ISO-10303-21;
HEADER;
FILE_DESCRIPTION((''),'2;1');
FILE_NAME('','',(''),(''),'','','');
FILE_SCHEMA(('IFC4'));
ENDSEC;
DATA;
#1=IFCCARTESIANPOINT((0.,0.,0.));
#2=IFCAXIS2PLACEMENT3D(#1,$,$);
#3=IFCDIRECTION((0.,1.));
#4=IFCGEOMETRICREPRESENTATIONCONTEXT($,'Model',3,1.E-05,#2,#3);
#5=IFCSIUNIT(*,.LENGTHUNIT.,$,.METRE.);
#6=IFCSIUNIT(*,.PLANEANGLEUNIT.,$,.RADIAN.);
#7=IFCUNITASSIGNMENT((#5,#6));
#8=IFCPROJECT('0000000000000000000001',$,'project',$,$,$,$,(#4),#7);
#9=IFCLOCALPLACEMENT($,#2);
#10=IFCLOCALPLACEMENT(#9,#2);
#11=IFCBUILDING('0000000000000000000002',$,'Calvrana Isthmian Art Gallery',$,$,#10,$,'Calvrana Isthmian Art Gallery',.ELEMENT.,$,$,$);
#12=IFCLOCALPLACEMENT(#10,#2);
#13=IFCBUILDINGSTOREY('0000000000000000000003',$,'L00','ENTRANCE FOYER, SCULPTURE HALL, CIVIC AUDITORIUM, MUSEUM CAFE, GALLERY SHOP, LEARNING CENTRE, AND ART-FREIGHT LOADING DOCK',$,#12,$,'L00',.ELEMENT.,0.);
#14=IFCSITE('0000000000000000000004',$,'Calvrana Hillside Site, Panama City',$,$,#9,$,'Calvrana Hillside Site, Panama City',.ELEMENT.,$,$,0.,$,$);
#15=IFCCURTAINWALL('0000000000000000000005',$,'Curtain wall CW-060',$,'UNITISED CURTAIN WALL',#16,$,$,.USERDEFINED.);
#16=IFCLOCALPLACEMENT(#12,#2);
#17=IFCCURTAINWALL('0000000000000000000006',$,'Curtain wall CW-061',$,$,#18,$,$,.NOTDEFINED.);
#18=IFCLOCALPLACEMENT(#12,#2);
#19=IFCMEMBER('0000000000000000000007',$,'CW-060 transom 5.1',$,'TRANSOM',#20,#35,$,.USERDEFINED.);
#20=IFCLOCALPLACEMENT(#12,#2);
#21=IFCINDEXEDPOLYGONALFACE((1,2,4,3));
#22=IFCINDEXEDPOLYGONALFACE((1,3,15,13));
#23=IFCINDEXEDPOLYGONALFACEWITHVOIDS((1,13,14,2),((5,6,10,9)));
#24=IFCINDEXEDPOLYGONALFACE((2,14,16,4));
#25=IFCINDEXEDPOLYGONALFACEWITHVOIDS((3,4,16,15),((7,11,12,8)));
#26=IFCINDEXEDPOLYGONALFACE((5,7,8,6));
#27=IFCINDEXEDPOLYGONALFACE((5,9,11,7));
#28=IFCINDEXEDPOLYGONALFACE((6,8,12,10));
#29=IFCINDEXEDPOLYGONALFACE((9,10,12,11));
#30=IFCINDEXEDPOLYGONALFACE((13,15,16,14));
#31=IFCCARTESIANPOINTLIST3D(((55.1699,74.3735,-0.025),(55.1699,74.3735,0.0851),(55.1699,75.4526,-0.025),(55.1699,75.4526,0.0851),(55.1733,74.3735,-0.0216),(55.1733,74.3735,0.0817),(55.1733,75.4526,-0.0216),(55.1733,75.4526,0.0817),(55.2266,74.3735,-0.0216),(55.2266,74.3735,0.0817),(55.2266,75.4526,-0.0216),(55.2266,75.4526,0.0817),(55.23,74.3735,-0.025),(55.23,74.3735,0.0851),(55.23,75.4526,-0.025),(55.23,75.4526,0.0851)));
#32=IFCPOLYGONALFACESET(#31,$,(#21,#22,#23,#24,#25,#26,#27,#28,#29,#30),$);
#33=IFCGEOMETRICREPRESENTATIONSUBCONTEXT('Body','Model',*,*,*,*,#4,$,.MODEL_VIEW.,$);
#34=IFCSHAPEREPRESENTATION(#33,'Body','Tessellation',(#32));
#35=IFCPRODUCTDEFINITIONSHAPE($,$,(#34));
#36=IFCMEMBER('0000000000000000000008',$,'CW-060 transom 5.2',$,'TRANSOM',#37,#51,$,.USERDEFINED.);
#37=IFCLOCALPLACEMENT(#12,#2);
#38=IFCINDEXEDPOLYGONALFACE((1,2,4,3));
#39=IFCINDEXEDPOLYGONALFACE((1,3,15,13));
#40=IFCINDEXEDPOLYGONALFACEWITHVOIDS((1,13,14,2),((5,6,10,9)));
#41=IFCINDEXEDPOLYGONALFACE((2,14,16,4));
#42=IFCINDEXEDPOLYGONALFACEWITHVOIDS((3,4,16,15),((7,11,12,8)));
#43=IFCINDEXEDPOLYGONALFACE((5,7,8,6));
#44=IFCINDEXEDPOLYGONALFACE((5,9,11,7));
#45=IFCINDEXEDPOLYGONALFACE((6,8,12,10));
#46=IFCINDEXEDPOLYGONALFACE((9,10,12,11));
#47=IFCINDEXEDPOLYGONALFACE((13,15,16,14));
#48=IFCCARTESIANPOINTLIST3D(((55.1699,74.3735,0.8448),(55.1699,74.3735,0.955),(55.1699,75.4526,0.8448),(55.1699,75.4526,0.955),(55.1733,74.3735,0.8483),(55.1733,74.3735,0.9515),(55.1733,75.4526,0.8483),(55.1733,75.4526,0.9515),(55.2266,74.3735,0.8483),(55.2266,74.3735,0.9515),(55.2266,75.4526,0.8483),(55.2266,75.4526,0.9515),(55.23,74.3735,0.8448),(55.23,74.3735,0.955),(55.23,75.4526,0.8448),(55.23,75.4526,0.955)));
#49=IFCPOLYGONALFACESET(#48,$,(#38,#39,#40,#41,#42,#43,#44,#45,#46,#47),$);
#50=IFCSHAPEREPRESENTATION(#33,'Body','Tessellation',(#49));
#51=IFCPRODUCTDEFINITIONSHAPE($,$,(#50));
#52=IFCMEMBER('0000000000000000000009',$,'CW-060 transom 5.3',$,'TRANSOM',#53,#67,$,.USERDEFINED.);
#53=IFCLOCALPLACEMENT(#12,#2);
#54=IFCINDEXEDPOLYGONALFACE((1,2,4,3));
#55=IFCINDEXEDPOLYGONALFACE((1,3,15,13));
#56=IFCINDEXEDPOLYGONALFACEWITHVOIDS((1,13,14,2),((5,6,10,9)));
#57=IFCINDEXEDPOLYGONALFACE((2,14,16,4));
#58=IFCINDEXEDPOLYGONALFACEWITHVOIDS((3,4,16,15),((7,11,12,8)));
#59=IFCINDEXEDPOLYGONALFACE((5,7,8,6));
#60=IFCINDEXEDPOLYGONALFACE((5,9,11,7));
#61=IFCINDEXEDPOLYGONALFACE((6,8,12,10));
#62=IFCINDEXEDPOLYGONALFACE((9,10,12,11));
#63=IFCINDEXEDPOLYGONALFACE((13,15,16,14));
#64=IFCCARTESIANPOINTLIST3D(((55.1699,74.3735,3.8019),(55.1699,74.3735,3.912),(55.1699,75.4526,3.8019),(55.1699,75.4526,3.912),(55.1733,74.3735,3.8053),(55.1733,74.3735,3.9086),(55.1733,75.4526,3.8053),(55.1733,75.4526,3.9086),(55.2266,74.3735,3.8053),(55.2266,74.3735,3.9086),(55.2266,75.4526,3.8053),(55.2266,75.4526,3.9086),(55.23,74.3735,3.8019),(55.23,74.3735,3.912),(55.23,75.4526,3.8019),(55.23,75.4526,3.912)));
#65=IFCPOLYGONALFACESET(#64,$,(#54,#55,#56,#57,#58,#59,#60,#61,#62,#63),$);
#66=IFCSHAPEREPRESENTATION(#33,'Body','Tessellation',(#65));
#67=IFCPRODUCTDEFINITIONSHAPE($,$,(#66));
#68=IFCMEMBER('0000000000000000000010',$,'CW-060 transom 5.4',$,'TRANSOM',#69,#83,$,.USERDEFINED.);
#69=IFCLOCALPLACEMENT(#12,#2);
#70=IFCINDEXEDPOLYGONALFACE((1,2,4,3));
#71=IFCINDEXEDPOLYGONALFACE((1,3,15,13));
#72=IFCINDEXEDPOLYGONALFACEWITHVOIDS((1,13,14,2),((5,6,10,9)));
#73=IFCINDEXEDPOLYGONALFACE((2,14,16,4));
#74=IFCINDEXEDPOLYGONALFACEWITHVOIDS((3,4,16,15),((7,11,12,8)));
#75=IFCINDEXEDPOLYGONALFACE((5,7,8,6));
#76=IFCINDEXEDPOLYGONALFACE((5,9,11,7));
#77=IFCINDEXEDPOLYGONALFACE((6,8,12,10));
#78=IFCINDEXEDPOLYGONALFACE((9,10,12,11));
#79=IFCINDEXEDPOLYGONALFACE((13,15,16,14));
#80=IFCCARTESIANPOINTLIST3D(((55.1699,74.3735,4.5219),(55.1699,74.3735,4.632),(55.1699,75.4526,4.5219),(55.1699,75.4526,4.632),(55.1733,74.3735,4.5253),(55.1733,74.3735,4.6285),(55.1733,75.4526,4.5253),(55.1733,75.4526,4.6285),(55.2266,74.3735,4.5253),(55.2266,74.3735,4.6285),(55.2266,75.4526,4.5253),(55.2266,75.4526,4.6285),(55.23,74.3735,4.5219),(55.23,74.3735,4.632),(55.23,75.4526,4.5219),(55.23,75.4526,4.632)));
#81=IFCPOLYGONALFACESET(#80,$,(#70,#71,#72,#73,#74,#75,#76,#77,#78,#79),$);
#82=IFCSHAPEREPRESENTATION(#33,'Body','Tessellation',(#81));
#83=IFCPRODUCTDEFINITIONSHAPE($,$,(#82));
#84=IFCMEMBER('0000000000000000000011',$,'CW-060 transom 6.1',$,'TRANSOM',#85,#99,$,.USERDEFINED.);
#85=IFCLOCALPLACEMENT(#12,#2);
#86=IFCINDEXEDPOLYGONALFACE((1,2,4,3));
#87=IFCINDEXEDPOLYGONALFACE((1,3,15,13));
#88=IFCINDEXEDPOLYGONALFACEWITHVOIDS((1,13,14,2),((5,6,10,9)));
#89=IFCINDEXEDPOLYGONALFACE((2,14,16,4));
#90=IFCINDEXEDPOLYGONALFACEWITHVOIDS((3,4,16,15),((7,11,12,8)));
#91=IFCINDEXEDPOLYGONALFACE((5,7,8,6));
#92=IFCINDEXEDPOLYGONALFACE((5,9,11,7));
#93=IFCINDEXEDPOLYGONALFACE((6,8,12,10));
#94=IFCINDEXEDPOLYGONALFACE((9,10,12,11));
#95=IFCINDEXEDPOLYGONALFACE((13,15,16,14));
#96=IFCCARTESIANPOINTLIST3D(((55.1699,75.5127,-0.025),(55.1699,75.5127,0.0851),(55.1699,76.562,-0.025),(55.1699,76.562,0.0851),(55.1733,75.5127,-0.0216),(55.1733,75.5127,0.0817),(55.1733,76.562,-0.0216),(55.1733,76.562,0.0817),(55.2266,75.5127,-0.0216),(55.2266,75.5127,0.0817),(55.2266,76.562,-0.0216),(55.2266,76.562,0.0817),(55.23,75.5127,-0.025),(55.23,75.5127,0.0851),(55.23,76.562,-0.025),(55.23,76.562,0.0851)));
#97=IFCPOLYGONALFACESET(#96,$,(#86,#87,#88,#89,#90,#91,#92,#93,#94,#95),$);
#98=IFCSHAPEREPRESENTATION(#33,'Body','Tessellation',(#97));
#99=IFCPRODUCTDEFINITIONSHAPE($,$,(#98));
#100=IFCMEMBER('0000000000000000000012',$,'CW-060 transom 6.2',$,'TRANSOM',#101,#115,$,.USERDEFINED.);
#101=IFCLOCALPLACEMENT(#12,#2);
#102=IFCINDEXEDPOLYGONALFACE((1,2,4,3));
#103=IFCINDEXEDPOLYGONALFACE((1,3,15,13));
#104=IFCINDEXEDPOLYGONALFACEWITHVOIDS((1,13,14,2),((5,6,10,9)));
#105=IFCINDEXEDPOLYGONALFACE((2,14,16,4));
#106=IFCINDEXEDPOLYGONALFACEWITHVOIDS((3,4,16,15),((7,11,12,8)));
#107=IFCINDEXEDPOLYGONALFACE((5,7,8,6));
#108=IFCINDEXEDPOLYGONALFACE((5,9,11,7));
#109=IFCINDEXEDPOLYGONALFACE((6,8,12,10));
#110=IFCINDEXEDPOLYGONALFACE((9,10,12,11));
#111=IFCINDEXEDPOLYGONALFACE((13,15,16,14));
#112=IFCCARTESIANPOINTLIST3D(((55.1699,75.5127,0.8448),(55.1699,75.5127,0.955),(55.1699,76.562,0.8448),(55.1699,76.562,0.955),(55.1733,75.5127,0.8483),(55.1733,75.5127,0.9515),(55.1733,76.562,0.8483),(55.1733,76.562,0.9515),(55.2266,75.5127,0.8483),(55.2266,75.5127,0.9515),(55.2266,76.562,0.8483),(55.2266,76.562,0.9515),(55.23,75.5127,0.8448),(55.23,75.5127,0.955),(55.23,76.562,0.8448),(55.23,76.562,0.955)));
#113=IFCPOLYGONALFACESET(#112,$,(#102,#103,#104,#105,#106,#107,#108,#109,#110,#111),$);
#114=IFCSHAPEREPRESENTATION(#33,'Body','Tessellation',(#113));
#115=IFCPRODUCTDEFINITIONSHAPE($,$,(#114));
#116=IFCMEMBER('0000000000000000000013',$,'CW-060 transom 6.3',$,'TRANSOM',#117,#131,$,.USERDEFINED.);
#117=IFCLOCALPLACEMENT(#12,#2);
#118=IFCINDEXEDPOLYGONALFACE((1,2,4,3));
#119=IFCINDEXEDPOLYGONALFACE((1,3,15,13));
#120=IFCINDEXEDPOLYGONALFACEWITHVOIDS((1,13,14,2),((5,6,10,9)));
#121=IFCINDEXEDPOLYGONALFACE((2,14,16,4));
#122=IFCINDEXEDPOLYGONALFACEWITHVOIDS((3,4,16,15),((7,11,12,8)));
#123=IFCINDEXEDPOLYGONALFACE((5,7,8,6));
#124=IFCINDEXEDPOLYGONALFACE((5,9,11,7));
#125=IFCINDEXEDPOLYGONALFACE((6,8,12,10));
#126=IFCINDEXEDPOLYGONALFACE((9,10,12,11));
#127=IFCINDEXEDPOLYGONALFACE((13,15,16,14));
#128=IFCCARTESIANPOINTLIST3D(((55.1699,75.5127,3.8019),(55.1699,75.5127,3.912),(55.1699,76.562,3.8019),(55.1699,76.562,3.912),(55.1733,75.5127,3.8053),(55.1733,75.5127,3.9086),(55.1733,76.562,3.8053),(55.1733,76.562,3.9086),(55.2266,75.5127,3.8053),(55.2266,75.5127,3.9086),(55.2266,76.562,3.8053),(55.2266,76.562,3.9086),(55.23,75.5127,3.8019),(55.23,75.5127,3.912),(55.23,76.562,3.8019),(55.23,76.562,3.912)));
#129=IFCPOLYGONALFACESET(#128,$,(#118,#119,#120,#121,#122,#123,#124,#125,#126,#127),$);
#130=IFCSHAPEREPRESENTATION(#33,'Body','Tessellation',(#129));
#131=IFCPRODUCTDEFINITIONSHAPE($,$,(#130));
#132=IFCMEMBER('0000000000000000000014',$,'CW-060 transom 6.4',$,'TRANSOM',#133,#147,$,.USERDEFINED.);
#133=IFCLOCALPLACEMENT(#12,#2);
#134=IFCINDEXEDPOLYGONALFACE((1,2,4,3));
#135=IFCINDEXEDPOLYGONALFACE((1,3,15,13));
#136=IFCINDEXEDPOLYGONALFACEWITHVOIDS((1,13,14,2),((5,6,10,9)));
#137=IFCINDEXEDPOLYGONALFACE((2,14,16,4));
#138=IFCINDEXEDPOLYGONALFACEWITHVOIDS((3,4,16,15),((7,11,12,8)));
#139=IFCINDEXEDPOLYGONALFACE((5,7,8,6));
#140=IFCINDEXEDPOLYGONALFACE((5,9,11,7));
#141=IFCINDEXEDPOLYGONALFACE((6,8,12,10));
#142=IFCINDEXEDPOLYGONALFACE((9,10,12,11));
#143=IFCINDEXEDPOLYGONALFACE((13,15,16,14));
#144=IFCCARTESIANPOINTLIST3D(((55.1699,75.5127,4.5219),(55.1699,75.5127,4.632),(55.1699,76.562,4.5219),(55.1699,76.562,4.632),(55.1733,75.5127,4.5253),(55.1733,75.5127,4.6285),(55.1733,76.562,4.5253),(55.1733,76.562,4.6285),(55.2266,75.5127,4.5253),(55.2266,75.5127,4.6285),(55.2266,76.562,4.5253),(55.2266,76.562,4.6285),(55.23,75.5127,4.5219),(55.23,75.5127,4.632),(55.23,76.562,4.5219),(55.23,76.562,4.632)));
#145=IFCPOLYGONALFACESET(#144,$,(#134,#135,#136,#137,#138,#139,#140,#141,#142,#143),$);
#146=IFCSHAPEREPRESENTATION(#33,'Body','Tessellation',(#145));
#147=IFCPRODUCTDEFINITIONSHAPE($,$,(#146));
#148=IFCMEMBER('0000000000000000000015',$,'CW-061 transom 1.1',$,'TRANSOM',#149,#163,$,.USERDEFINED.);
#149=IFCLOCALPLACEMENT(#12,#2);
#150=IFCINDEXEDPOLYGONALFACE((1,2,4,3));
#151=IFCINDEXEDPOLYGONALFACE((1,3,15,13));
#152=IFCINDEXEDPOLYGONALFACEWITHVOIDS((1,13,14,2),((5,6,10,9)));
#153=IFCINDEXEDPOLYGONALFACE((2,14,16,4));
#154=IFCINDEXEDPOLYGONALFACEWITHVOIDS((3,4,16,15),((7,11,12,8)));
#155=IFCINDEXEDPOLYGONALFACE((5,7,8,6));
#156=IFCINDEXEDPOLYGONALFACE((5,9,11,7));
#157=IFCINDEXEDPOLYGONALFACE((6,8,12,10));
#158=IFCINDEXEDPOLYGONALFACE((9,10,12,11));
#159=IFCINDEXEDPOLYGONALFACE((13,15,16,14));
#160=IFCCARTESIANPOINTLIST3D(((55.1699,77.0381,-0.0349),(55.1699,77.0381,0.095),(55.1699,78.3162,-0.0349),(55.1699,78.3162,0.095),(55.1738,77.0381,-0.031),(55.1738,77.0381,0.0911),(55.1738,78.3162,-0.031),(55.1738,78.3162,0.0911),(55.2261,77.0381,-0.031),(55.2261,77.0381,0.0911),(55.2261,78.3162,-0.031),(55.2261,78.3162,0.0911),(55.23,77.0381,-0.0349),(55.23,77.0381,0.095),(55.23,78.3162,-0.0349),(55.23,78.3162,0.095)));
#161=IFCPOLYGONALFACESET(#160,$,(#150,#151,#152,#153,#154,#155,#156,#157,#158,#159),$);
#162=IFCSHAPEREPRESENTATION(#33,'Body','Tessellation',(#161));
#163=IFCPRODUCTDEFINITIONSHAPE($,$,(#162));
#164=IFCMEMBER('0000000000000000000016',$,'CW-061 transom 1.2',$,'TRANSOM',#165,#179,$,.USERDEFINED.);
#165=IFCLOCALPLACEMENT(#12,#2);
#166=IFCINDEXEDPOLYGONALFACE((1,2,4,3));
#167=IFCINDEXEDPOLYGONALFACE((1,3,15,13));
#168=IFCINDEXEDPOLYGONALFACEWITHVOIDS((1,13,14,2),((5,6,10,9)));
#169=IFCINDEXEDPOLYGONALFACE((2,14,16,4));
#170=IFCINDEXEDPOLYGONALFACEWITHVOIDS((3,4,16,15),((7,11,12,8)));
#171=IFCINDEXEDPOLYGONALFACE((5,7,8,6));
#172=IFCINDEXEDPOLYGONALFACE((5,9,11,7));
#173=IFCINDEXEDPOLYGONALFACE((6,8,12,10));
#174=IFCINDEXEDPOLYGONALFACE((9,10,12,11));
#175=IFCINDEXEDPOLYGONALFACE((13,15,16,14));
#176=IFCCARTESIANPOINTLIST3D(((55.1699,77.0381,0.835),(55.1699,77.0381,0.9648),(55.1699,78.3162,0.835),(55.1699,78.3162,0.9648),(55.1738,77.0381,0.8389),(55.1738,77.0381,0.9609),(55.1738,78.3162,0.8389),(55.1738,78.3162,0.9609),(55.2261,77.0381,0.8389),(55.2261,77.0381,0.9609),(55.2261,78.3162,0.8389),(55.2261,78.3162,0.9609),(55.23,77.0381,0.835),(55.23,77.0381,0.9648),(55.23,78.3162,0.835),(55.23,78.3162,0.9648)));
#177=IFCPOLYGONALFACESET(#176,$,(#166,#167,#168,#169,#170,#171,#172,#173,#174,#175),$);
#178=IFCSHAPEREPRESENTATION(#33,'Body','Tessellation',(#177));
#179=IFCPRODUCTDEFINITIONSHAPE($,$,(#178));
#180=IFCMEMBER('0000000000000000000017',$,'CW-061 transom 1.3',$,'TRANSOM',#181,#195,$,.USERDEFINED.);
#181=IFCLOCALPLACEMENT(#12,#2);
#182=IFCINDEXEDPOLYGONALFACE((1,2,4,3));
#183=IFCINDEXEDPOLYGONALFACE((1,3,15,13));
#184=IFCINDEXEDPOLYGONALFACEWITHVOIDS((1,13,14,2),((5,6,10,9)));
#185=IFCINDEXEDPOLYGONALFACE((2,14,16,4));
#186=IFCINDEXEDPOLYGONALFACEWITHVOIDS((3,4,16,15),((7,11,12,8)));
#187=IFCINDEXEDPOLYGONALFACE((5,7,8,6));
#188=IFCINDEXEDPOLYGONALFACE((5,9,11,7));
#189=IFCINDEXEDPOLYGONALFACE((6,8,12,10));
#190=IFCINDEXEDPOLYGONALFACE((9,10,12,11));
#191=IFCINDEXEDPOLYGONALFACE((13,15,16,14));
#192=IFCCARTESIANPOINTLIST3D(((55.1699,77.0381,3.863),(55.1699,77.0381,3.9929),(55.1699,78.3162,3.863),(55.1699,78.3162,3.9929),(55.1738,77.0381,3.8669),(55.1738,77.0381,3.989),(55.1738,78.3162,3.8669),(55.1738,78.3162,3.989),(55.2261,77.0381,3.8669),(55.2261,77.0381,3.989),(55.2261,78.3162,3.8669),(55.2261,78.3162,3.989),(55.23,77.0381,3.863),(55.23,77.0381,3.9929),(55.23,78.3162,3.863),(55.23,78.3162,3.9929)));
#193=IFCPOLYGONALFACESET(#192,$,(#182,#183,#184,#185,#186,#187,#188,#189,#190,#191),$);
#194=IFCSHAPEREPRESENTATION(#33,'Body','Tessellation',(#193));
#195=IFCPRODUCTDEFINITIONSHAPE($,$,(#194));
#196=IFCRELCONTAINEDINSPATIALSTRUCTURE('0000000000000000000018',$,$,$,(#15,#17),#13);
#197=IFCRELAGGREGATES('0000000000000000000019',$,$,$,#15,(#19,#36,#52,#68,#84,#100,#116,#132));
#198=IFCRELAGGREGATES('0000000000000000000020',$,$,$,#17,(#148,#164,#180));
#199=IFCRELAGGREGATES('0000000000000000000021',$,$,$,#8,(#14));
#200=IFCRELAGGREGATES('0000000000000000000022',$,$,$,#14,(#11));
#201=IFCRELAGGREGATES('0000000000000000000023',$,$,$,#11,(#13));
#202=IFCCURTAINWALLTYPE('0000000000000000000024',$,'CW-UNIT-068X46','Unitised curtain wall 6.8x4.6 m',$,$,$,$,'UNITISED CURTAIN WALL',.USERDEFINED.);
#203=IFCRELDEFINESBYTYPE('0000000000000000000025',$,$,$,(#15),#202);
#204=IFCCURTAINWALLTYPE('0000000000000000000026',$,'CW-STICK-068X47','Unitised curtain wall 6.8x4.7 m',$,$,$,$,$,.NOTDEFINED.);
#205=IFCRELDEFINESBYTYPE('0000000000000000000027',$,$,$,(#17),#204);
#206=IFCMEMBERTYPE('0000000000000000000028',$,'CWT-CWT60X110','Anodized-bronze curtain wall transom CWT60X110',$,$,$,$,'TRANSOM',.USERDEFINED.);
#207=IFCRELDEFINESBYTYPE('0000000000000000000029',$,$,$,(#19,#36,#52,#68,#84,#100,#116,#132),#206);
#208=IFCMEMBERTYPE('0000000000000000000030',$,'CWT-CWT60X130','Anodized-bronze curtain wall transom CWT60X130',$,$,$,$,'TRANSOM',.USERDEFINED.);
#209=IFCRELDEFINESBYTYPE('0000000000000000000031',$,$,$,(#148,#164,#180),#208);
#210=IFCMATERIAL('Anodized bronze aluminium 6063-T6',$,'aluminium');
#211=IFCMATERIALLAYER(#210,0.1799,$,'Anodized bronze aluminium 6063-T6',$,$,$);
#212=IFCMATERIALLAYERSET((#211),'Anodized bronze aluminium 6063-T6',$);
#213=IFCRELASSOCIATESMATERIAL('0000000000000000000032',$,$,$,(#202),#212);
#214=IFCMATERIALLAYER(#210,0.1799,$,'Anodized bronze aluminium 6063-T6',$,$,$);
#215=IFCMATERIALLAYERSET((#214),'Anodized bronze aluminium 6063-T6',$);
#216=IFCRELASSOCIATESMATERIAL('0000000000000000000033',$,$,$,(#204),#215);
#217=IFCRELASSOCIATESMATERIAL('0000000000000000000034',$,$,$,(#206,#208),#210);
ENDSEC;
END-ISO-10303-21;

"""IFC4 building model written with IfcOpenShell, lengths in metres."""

from ifc_helpers import new_model, si_unit, direction, frame, origin, origin_2d, place, context, subcontext, project, spatial, hollow_rectangle, extrude, material, layer, layer_set, material_profile, profile_set, type_object, element, aggregate, save


model = new_model("IFC4")

# Units and contexts
model_context = context("Model", 3, precision=1e-05, world=origin(), true_north=direction((0.0, 1.0)))
body_context = subcontext(model_context, "Body", "Model", "MODEL_VIEW")
ifc_project = project(units=[si_unit("LENGTHUNIT", "METRE"), si_unit("PLANEANGLEUNIT", "RADIAN")], contexts=[model_context])

# Site, building, storey
site_placement = place(None, origin())
site = spatial("IfcSite", under=ifc_project, at=site_placement, Name="Calvrana Hillside Site, Panama City", LongName="Calvrana Hillside Site, Panama City", CompositionType="ELEMENT", RefElevation=0.0)
building_placement = place(site_placement, origin())
building = spatial("IfcBuilding", under=site, at=building_placement, Name="Calvrana Isthmian Art Gallery", LongName="Calvrana Isthmian Art Gallery", CompositionType="ELEMENT")
storey_placement = place(building_placement, origin())
storey = spatial("IfcBuildingStorey", under=building, at=storey_placement, Name="L00", Description="ENTRANCE FOYER, SCULPTURE HALL, CIVIC AUDITORIUM, MUSEUM CAFE, GALLERY SHOP, LEARNING CENTRE, AND ART-FREIGHT LOADING DOCK", LongName="L00", CompositionType="ELEMENT", Elevation=0.0)

# Curtain walls
ifc_material_1 = material(Name="Anodized bronze aluminium 6063-T6", Category="aluminium")
ifc_layer_1 = layer(ifc_material_1, 0.1799, Name="Anodized bronze aluminium 6063-T6")
ifc_layer_set_1 = layer_set([ifc_layer_1], Name="Anodized bronze aluminium 6063-T6")
curtain_wall_type_1 = type_object("IfcCurtainWallType", Name="CW-UNIT-068X46", Description="Unitised curtain wall 6.8x4.6 m", ElementType="UNITISED CURTAIN WALL", PredefinedType="USERDEFINED", material=ifc_layer_set_1)
curtain_wall_1_placement = place(storey_placement, origin())
curtain_wall_1 = element("IfcCurtainWall", 1, at=curtain_wall_1_placement, inside=storey, type_object=curtain_wall_type_1, Name="Curtain wall CW-060", ObjectType="UNITISED CURTAIN WALL", PredefinedType="USERDEFINED")
ifc_layer_2 = layer(ifc_material_1, 0.1799, Name="Anodized bronze aluminium 6063-T6")
ifc_layer_set_2 = layer_set([ifc_layer_2], Name="Anodized bronze aluminium 6063-T6")
curtain_wall_type_2 = type_object("IfcCurtainWallType", Name="CW-STICK-068X47", Description="Unitised curtain wall 6.8x4.7 m", PredefinedType="NOTDEFINED", material=ifc_layer_set_2)
curtain_wall_2_placement = place(storey_placement, origin())
curtain_wall_2 = element("IfcCurtainWall", 2, at=curtain_wall_2_placement, inside=storey, type_object=curtain_wall_type_2, Name="Curtain wall CW-061", PredefinedType="NOTDEFINED")

# Members
ifc_material_profile_1 = material_profile(ifc_material_1, hollow_rectangle(XDim=0.0601, YDim=0.1101, WallThickness=0.0034, at=origin_2d()), Name="CWT60X110")
ifc_profile_set_1 = profile_set([ifc_material_profile_1], Name="Anodized bronze aluminium 6063-T6")
member_type_1 = type_object("IfcMemberType", Name="CWT-CWT60X110", Description="Anodized-bronze curtain wall transom CWT60X110", ElementType="TRANSOM", PredefinedType="USERDEFINED", material=ifc_profile_set_1)
member_1_placement = place(storey_placement, frame((55.2, 74.3735, 0.03), z_axis=(0.0, 1.0, 0.0), x_axis=(-1.0, 0.0, 0.0)))
member_1 = element("IfcMember", 3, at=member_1_placement, type_object=member_type_1, Name="CW-060 transom 5.1", ObjectType="TRANSOM", PredefinedType="USERDEFINED", context=body_context, shape_type="SweptSolid", body=[
    extrude(hollow_rectangle(XDim=0.0601, YDim=0.1101, WallThickness=0.0034, at=origin_2d()), origin(), (0.0, 0.0, 1.0), 1.0791),
])
member_2_placement = place(storey_placement, frame((55.2, 74.3735, 0.8999), z_axis=(0.0, 1.0, 0.0), x_axis=(-1.0, 0.0, 0.0)))
member_2 = element("IfcMember", 4, at=member_2_placement, type_object=member_type_1, Name="CW-060 transom 5.2", ObjectType="TRANSOM", PredefinedType="USERDEFINED", context=body_context, shape_type="SweptSolid", body=[
    extrude(hollow_rectangle(XDim=0.0601, YDim=0.1101, WallThickness=0.0034, at=origin_2d()), origin(), (0.0, 0.0, 1.0), 1.0791),
])
member_3_placement = place(storey_placement, frame((55.2, 74.3735, 3.8569), z_axis=(0.0, 1.0, 0.0), x_axis=(-1.0, 0.0, 0.0)))
member_3 = element("IfcMember", 5, at=member_3_placement, type_object=member_type_1, Name="CW-060 transom 5.3", ObjectType="TRANSOM", PredefinedType="USERDEFINED", context=body_context, shape_type="SweptSolid", body=[
    extrude(hollow_rectangle(XDim=0.0601, YDim=0.1101, WallThickness=0.0034, at=origin_2d()), origin(), (0.0, 0.0, 1.0), 1.0791),
])
member_4_placement = place(storey_placement, frame((55.2, 74.3735, 4.5769), z_axis=(0.0, 1.0, 0.0), x_axis=(-1.0, 0.0, 0.0)))
member_4 = element("IfcMember", 6, at=member_4_placement, type_object=member_type_1, Name="CW-060 transom 5.4", ObjectType="TRANSOM", PredefinedType="USERDEFINED", context=body_context, shape_type="SweptSolid", body=[
    extrude(hollow_rectangle(XDim=0.0601, YDim=0.1101, WallThickness=0.0034, at=origin_2d()), origin(), (0.0, 0.0, 1.0), 1.0791),
])
member_5_placement = place(storey_placement, frame((55.2, 75.5127, 0.03), z_axis=(0.0, 1.0, 0.0), x_axis=(-1.0, 0.0, 0.0)))
member_5 = element("IfcMember", 7, at=member_5_placement, type_object=member_type_1, Name="CW-060 transom 6.1", ObjectType="TRANSOM", PredefinedType="USERDEFINED", context=body_context, shape_type="SweptSolid", body=[
    extrude(hollow_rectangle(XDim=0.0601, YDim=0.1101, WallThickness=0.0034, at=origin_2d()), origin(), (0.0, 0.0, 1.0), 1.0493),
])
member_6_placement = place(storey_placement, frame((55.2, 75.5127, 0.8999), z_axis=(0.0, 1.0, 0.0), x_axis=(-1.0, 0.0, 0.0)))
member_6 = element("IfcMember", 8, at=member_6_placement, type_object=member_type_1, Name="CW-060 transom 6.2", ObjectType="TRANSOM", PredefinedType="USERDEFINED", context=body_context, shape_type="SweptSolid", body=[
    extrude(hollow_rectangle(XDim=0.0601, YDim=0.1101, WallThickness=0.0034, at=origin_2d()), origin(), (0.0, 0.0, 1.0), 1.0493),
])
member_7_placement = place(storey_placement, frame((55.2, 75.5127, 3.8569), z_axis=(0.0, 1.0, 0.0), x_axis=(-1.0, 0.0, 0.0)))
member_7 = element("IfcMember", 9, at=member_7_placement, type_object=member_type_1, Name="CW-060 transom 6.3", ObjectType="TRANSOM", PredefinedType="USERDEFINED", context=body_context, shape_type="SweptSolid", body=[
    extrude(hollow_rectangle(XDim=0.0601, YDim=0.1101, WallThickness=0.0034, at=origin_2d()), origin(), (0.0, 0.0, 1.0), 1.0493),
])
member_8_placement = place(storey_placement, frame((55.2, 75.5127, 4.5769), z_axis=(0.0, 1.0, 0.0), x_axis=(-1.0, 0.0, 0.0)))
member_8 = element("IfcMember", 10, at=member_8_placement, type_object=member_type_1, Name="CW-060 transom 6.4", ObjectType="TRANSOM", PredefinedType="USERDEFINED", context=body_context, shape_type="SweptSolid", body=[
    extrude(hollow_rectangle(XDim=0.0601, YDim=0.1101, WallThickness=0.0034, at=origin_2d()), origin(), (0.0, 0.0, 1.0), 1.0493),
])
ifc_material_profile_2 = material_profile(ifc_material_1, hollow_rectangle(XDim=0.0601, YDim=0.1299, WallThickness=0.0039, at=origin_2d()), Name="CWT60X130")
ifc_profile_set_2 = profile_set([ifc_material_profile_2], Name="Anodized bronze aluminium 6063-T6")
member_type_2 = type_object("IfcMemberType", Name="CWT-CWT60X130", Description="Anodized-bronze curtain wall transom CWT60X130", ElementType="TRANSOM", PredefinedType="USERDEFINED", material=ifc_profile_set_2)
member_9_placement = place(storey_placement, frame((55.2, 77.0381, 0.03), z_axis=(0.0, 1.0, 0.0), x_axis=(-1.0, 0.0, 0.0)))
member_9 = element("IfcMember", 11, at=member_9_placement, type_object=member_type_2, Name="CW-061 transom 1.1", ObjectType="TRANSOM", PredefinedType="USERDEFINED", context=body_context, shape_type="SweptSolid", body=[
    extrude(hollow_rectangle(XDim=0.0601, YDim=0.1299, WallThickness=0.0039, at=origin_2d()), origin(), (0.0, 0.0, 1.0), 1.2781),
])
member_10_placement = place(storey_placement, frame((55.2, 77.0381, 0.8999), z_axis=(0.0, 1.0, 0.0), x_axis=(-1.0, 0.0, 0.0)))
member_10 = element("IfcMember", 12, at=member_10_placement, type_object=member_type_2, Name="CW-061 transom 1.2", ObjectType="TRANSOM", PredefinedType="USERDEFINED", context=body_context, shape_type="SweptSolid", body=[
    extrude(hollow_rectangle(XDim=0.0601, YDim=0.1299, WallThickness=0.0039, at=origin_2d()), origin(), (0.0, 0.0, 1.0), 1.2781),
])
member_11_placement = place(storey_placement, frame((55.2, 77.0381, 3.928), z_axis=(0.0, 1.0, 0.0), x_axis=(-1.0, 0.0, 0.0)))
member_11 = element("IfcMember", 13, at=member_11_placement, type_object=member_type_2, Name="CW-061 transom 1.3", ObjectType="TRANSOM", PredefinedType="USERDEFINED", context=body_context, shape_type="SweptSolid", body=[
    extrude(hollow_rectangle(XDim=0.0601, YDim=0.1299, WallThickness=0.0039, at=origin_2d()), origin(), (0.0, 0.0, 1.0), 1.2781),
])

aggregate(curtain_wall_1, [member_1, member_2, member_3, member_4, member_5, member_6, member_7, member_8])
aggregate(curtain_wall_2, [member_9, member_10, member_11])

save(model, "model.ifc")
